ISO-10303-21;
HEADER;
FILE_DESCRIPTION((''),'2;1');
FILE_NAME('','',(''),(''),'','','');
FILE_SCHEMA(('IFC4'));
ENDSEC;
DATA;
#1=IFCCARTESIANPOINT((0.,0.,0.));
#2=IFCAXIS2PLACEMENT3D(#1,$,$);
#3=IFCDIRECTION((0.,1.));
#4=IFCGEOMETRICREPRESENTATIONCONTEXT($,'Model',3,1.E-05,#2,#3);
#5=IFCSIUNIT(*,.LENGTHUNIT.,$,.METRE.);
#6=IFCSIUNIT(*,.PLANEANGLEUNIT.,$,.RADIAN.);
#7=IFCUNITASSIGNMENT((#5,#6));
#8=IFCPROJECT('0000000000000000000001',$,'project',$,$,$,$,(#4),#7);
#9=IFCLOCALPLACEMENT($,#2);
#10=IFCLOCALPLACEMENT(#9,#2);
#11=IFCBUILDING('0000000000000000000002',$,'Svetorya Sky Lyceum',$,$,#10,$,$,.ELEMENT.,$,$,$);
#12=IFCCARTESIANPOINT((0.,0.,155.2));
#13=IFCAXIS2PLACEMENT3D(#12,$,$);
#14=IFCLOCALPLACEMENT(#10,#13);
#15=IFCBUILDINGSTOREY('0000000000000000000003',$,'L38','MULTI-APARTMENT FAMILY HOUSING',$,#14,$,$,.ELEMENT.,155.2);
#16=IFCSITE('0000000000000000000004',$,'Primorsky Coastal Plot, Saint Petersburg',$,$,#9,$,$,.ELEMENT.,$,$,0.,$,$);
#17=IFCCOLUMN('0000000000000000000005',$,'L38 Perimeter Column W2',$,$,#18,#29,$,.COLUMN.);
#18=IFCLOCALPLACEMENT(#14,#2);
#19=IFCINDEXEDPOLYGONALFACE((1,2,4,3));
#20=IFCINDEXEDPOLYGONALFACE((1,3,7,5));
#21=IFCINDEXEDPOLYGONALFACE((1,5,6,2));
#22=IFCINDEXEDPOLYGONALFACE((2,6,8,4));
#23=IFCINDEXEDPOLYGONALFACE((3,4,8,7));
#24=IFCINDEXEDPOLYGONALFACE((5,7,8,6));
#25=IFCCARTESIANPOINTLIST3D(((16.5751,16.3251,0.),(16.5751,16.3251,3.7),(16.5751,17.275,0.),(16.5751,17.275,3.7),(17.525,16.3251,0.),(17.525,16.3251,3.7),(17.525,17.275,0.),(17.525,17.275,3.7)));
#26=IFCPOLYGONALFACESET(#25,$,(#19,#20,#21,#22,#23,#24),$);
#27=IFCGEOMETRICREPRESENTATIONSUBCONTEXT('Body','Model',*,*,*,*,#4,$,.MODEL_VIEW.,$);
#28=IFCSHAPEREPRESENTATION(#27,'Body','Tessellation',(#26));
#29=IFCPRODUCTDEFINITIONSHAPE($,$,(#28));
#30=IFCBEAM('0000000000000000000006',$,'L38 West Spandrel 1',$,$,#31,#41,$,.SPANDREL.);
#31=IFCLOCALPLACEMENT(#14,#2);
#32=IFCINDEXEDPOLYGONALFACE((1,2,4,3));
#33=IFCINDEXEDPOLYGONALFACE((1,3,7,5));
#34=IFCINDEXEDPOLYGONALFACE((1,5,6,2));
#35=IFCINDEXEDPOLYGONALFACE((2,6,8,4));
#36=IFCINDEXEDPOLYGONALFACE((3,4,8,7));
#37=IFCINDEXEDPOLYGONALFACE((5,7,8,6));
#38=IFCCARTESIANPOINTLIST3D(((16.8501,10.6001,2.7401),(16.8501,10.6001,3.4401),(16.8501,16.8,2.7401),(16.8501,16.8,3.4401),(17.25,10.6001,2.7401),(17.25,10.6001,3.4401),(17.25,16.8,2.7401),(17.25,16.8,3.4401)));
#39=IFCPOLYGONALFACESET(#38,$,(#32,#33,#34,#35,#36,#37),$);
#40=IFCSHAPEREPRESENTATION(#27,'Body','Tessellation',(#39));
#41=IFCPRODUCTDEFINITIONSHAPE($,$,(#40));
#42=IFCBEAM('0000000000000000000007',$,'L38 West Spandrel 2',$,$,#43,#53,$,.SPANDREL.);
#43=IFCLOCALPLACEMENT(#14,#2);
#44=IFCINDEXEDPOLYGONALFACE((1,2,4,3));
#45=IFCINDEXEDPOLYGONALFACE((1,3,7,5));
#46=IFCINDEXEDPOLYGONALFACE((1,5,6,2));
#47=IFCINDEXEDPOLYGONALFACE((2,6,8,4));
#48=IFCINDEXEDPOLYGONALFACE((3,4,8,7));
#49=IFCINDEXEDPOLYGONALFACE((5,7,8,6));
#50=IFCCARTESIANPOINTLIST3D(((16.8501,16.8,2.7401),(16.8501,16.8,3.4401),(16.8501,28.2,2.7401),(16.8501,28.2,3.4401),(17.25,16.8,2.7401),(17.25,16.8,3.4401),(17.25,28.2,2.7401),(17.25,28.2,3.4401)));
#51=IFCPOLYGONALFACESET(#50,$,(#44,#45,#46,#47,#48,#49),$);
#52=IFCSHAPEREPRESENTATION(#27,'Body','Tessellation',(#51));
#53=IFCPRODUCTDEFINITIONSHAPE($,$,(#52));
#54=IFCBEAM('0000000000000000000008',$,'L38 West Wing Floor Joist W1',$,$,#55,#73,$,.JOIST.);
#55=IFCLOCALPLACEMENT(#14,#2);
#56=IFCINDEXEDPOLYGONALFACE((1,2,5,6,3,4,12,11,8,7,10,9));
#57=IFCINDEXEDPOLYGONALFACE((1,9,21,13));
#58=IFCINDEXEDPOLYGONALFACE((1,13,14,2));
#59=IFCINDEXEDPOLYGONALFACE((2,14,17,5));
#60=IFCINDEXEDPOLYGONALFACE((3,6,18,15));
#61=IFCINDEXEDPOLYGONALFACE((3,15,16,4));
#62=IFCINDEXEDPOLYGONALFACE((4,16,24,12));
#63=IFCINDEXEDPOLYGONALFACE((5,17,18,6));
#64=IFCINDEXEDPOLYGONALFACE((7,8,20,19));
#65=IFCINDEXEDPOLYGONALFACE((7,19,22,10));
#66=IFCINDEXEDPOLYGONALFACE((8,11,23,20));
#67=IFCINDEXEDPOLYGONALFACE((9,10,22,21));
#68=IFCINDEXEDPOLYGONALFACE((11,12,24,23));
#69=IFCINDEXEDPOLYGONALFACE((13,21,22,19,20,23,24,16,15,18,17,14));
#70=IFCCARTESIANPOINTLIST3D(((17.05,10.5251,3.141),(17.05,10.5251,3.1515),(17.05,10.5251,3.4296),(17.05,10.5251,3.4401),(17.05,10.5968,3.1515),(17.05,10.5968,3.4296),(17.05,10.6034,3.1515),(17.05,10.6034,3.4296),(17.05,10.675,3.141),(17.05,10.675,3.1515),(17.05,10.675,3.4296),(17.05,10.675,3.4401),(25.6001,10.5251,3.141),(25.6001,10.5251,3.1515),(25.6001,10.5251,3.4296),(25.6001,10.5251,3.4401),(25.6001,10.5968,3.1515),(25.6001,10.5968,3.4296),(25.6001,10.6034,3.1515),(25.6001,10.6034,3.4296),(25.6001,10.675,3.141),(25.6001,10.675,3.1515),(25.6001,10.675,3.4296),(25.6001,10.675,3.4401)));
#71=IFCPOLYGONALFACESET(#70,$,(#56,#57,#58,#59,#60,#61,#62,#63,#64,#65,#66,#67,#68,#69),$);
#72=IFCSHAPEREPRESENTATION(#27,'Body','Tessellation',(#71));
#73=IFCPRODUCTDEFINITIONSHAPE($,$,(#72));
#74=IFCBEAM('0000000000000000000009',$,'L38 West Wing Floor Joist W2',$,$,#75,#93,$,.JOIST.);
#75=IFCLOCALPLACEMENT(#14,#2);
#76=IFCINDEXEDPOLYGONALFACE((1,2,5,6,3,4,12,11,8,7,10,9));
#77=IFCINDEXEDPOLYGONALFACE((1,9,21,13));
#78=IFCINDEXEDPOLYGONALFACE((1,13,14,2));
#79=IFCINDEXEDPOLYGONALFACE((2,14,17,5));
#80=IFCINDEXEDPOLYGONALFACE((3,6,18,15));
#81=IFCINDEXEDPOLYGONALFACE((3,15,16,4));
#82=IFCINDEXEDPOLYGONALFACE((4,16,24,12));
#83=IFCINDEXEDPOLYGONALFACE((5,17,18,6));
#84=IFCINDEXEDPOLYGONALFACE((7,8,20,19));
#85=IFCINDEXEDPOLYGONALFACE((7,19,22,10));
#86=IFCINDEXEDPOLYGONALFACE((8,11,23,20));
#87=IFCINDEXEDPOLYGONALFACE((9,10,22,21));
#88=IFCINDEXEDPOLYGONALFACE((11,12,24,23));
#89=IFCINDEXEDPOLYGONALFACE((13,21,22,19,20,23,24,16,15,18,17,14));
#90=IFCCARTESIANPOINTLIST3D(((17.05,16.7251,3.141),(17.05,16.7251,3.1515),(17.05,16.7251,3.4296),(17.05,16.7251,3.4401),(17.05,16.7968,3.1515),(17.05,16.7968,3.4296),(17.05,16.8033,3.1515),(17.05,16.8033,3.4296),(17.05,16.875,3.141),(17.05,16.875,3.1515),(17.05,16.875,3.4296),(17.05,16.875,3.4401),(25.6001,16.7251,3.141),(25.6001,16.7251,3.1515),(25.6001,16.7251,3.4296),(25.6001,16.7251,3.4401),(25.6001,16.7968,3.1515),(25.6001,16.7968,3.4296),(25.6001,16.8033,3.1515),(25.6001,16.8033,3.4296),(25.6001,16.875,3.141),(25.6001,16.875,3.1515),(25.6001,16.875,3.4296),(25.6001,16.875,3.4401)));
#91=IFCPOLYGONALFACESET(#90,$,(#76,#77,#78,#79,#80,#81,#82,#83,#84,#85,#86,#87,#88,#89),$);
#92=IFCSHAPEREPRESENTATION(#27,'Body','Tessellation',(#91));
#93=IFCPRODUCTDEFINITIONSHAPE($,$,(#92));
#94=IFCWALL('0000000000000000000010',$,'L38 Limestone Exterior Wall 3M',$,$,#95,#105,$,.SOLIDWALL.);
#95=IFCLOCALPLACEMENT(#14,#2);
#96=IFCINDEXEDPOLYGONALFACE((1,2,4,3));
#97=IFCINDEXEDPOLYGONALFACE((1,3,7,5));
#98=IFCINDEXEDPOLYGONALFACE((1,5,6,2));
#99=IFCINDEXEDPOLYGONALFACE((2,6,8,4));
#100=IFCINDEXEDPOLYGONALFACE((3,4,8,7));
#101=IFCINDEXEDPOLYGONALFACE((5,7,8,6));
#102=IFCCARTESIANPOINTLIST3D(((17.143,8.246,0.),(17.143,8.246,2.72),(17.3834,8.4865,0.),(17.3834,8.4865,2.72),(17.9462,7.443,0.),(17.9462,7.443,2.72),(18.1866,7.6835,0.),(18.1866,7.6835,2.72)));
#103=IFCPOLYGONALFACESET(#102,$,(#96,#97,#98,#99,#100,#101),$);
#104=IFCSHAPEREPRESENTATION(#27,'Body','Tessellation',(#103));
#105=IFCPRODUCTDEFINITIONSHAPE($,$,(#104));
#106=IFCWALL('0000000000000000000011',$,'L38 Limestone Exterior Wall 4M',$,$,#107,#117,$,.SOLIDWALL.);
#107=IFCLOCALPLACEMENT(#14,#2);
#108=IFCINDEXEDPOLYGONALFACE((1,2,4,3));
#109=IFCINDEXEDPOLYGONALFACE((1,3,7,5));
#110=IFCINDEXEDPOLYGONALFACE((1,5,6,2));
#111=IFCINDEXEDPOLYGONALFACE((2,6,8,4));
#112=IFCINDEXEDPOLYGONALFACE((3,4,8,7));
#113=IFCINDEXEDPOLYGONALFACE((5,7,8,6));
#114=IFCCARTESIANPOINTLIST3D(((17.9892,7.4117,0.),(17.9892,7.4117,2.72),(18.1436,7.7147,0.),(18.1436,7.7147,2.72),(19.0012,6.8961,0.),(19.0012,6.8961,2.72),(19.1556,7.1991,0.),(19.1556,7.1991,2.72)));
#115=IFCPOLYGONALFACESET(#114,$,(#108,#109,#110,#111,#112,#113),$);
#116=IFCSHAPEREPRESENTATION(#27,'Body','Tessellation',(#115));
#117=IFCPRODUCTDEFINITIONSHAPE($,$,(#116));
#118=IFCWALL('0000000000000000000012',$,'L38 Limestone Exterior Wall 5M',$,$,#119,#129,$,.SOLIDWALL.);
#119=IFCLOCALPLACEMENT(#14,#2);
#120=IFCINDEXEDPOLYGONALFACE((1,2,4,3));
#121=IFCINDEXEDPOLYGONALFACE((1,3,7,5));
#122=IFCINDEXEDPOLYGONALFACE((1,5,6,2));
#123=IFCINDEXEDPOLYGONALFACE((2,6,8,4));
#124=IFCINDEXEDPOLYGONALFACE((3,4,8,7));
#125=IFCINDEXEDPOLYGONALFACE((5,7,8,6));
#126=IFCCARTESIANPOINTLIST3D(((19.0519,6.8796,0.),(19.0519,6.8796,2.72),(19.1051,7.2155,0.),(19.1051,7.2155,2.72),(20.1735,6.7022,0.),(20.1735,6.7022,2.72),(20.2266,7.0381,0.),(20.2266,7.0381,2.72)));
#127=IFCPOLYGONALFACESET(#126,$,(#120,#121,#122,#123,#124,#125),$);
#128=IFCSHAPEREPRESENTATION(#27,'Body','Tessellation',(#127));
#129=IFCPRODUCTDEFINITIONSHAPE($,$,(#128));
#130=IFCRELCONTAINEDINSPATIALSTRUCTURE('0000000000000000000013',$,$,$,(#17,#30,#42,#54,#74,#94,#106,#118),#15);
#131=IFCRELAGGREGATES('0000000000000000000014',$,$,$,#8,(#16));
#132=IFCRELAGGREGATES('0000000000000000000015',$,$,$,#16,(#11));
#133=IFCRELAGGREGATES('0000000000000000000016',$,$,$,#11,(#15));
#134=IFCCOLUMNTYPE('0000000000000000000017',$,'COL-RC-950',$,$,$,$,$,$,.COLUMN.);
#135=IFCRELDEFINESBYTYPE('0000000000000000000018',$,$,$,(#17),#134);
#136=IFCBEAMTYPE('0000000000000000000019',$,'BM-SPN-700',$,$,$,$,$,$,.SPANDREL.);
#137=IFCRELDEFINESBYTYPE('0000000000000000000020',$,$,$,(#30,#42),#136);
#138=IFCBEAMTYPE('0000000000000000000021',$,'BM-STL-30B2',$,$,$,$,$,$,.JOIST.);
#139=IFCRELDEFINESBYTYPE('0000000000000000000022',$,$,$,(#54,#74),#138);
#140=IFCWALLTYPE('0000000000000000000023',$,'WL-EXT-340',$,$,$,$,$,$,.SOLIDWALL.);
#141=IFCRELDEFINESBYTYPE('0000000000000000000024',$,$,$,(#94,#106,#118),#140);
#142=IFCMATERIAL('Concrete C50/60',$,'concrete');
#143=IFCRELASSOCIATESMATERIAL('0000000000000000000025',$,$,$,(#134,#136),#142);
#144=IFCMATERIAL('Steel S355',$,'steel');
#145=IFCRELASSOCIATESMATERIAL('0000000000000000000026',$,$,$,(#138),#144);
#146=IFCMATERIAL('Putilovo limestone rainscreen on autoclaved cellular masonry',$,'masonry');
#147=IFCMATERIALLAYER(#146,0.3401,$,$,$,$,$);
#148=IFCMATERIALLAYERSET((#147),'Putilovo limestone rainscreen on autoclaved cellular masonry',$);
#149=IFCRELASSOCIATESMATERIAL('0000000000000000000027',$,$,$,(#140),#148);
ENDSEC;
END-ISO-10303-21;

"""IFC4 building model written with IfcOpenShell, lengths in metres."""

from ifc_helpers import new_model, si_unit, direction, frame, frame_2d, origin, origin_2d, place, context, subcontext, project, spatial, rectangle, i_section, extrude, material, layer, layer_set, material_profile, profile_set, type_object, element, save


model = new_model("IFC4")

# Units and contexts
model_context = context("Model", 3, precision=1e-05, world=origin(), true_north=direction((0.0, 1.0)))
body_context = subcontext(model_context, "Body", "Model", "MODEL_VIEW")
ifc_project = project(units=[si_unit("LENGTHUNIT", "METRE"), si_unit("PLANEANGLEUNIT", "RADIAN")], contexts=[model_context])

# Site, building, storey
site_placement = place(None, origin())
site = spatial("IfcSite", under=ifc_project, at=site_placement, Name="Primorsky Coastal Plot, Saint Petersburg", CompositionType="ELEMENT", RefElevation=0.0)
building_placement = place(site_placement, origin())
building = spatial("IfcBuilding", under=site, at=building_placement, Name="Svetorya Sky Lyceum", CompositionType="ELEMENT")
storey_placement = place(building_placement, frame((0.0, 0.0, 155.2)))
storey = spatial("IfcBuildingStorey", under=building, at=storey_placement, Name="L38", Description="MULTI-APARTMENT FAMILY HOUSING", CompositionType="ELEMENT", Elevation=155.2)

# Column
ifc_material_1 = material(Name="Concrete C50/60", Category="concrete")
ifc_material_profile_1 = material_profile(ifc_material_1, rectangle(XDim=0.95, YDim=0.95, at=origin_2d()), Name="RC COL 950x950")
ifc_profile_set_1 = profile_set([ifc_material_profile_1], Name="Concrete C50/60")
column_type = type_object("IfcColumnType", Name="COL-RC-950", PredefinedType="COLUMN", material=ifc_profile_set_1)
column_placement = place(storey_placement, frame((17.05, 16.8, 0.0), z_axis=(0.0, 0.0, 1.0), x_axis=(1.0, 0.0, 0.0)))
element("IfcColumn", 1, at=column_placement, inside=storey, type_object=column_type, Name="L38 Perimeter Column W2", PredefinedType="COLUMN", context=body_context, shape_type="SweptSolid", body=[
    extrude(rectangle(XDim=0.95, YDim=0.95, at=origin_2d()), origin(), (0.0, 0.0, 1.0), 3.7),
])

# Beams
ifc_material_profile_2 = material_profile(ifc_material_1, rectangle(XDim=0.3999, YDim=0.7, at=origin_2d()), Name="RC SPANDREL 400x700")
ifc_profile_set_2 = profile_set([ifc_material_profile_2], Name="Concrete C50/60")
beam_type_1 = type_object("IfcBeamType", Name="BM-SPN-700", PredefinedType="SPANDREL", material=ifc_profile_set_2)
beam_1_placement = place(storey_placement, frame((17.05, 10.6001, 3.0901), z_axis=(0.0, 1.0, 0.0), x_axis=(-1.0, 0.0, 0.0)))
element("IfcBeam", 2, at=beam_1_placement, inside=storey, type_object=beam_type_1, Name="L38 West Spandrel 1", PredefinedType="SPANDREL", context=body_context, shape_type="SweptSolid", body=[
    extrude(rectangle(XDim=0.3999, YDim=0.7, at=origin_2d()), origin(), (0.0, 0.0, 1.0), 6.2),
])
beam_2_placement = place(storey_placement, frame((17.05, 16.8, 3.0901), z_axis=(0.0, 1.0, 0.0), x_axis=(-1.0, 0.0, 0.0)))
element("IfcBeam", 3, at=beam_2_placement, inside=storey, type_object=beam_type_1, Name="L38 West Spandrel 2", PredefinedType="SPANDREL", context=body_context, shape_type="SweptSolid", body=[
    extrude(rectangle(XDim=0.3999, YDim=0.7, at=origin_2d()), origin(), (0.0, 0.0, 1.0), 11.3999),
])
ifc_material_2 = material(Name="Steel S355", Category="steel")
ifc_material_profile_3 = material_profile(ifc_material_2, i_section(OverallWidth=0.1499, OverallDepth=0.2991, WebThickness=0.0066, FlangeThickness=0.0105, at=origin_2d()), Name="GOST 30B2")
ifc_profile_set_3 = profile_set([ifc_material_profile_3], Name="Steel S355")
beam_type_2 = type_object("IfcBeamType", Name="BM-STL-30B2", PredefinedType="JOIST", material=ifc_profile_set_3)
for number, where, z_axis, x_axis, name in (
    (4, (17.05, 10.6001, 3.2905), (1.0, 0.0, 0.0), (0.0, 1.0, 0.0), "L38 West Wing Floor Joist W1"),
    (5, (17.05, 16.8, 3.2905), (1.0, 0.0, 0.0), (0.0, 1.0, 0.0), "L38 West Wing Floor Joist W2"),
):
    element("IfcBeam", number, at=place(storey_placement, frame(where, z_axis=z_axis, x_axis=x_axis)), inside=storey, type_object=beam_type_2, Name=name, PredefinedType="JOIST", context=body_context, shape_type="SweptSolid", body=[
        extrude(i_section(OverallWidth=0.1499, OverallDepth=0.2991, WebThickness=0.0066, FlangeThickness=0.0105, at=origin_2d()), origin(), (0.0, 0.0, 1.0), 8.55),
    ])

# Walls
ifc_material_3 = material(Name="Putilovo limestone rainscreen on autoclaved cellular masonry", Category="masonry")
ifc_layer_1 = layer(ifc_material_3, 0.3401)
ifc_layer_set_1 = layer_set([ifc_layer_1], Name="Putilovo limestone rainscreen on autoclaved cellular masonry")
wall_type_1 = type_object("IfcWallType", Name="WL-EXT-340", PredefinedType="SOLIDWALL", material=ifc_layer_set_1)
for number, where, z_axis, x_axis, name in (
    (6, (17.2632, 8.3662, 0.0), (0.0, 0.0, 1.0), (0.707214, -0.706999, 0.0), "L38 Limestone Exterior Wall 3M"),
    (7, (18.0664, 7.5632, 0.0), (0.0, 0.0, 1.0), (0.891005, -0.453993, 0.0), "L38 Limestone Exterior Wall 4M"),
):
    element("IfcWall", number, at=place(storey_placement, frame(where, z_axis=z_axis, x_axis=x_axis)), inside=storey, type_object=wall_type_1, Name=name, PredefinedType="SOLIDWALL", context=body_context, shape_type="SweptSolid", body=[
        extrude(rectangle(XDim=1.1357, YDim=0.3401, at=frame_2d((0.5679, 0.0))), origin(), (0.0, 0.0, 1.0), 2.72),
    ])
wall_1_placement = place(storey_placement, frame((19.0784, 7.0476, 0.0), z_axis=(0.0, 0.0, 1.0), x_axis=(0.987709, -0.156305, 0.0)))
element("IfcWall", 8, at=wall_1_placement, inside=storey, type_object=wall_type_1, Name="L38 Limestone Exterior Wall 5M", PredefinedType="SOLIDWALL", context=body_context, shape_type="SweptSolid", body=[
    extrude(rectangle(XDim=1.1355, YDim=0.3401, at=frame_2d((0.5679, 0.0))), origin(), (0.0, 0.0, 1.0), 2.72),
])

save(model, "model.ifc")
